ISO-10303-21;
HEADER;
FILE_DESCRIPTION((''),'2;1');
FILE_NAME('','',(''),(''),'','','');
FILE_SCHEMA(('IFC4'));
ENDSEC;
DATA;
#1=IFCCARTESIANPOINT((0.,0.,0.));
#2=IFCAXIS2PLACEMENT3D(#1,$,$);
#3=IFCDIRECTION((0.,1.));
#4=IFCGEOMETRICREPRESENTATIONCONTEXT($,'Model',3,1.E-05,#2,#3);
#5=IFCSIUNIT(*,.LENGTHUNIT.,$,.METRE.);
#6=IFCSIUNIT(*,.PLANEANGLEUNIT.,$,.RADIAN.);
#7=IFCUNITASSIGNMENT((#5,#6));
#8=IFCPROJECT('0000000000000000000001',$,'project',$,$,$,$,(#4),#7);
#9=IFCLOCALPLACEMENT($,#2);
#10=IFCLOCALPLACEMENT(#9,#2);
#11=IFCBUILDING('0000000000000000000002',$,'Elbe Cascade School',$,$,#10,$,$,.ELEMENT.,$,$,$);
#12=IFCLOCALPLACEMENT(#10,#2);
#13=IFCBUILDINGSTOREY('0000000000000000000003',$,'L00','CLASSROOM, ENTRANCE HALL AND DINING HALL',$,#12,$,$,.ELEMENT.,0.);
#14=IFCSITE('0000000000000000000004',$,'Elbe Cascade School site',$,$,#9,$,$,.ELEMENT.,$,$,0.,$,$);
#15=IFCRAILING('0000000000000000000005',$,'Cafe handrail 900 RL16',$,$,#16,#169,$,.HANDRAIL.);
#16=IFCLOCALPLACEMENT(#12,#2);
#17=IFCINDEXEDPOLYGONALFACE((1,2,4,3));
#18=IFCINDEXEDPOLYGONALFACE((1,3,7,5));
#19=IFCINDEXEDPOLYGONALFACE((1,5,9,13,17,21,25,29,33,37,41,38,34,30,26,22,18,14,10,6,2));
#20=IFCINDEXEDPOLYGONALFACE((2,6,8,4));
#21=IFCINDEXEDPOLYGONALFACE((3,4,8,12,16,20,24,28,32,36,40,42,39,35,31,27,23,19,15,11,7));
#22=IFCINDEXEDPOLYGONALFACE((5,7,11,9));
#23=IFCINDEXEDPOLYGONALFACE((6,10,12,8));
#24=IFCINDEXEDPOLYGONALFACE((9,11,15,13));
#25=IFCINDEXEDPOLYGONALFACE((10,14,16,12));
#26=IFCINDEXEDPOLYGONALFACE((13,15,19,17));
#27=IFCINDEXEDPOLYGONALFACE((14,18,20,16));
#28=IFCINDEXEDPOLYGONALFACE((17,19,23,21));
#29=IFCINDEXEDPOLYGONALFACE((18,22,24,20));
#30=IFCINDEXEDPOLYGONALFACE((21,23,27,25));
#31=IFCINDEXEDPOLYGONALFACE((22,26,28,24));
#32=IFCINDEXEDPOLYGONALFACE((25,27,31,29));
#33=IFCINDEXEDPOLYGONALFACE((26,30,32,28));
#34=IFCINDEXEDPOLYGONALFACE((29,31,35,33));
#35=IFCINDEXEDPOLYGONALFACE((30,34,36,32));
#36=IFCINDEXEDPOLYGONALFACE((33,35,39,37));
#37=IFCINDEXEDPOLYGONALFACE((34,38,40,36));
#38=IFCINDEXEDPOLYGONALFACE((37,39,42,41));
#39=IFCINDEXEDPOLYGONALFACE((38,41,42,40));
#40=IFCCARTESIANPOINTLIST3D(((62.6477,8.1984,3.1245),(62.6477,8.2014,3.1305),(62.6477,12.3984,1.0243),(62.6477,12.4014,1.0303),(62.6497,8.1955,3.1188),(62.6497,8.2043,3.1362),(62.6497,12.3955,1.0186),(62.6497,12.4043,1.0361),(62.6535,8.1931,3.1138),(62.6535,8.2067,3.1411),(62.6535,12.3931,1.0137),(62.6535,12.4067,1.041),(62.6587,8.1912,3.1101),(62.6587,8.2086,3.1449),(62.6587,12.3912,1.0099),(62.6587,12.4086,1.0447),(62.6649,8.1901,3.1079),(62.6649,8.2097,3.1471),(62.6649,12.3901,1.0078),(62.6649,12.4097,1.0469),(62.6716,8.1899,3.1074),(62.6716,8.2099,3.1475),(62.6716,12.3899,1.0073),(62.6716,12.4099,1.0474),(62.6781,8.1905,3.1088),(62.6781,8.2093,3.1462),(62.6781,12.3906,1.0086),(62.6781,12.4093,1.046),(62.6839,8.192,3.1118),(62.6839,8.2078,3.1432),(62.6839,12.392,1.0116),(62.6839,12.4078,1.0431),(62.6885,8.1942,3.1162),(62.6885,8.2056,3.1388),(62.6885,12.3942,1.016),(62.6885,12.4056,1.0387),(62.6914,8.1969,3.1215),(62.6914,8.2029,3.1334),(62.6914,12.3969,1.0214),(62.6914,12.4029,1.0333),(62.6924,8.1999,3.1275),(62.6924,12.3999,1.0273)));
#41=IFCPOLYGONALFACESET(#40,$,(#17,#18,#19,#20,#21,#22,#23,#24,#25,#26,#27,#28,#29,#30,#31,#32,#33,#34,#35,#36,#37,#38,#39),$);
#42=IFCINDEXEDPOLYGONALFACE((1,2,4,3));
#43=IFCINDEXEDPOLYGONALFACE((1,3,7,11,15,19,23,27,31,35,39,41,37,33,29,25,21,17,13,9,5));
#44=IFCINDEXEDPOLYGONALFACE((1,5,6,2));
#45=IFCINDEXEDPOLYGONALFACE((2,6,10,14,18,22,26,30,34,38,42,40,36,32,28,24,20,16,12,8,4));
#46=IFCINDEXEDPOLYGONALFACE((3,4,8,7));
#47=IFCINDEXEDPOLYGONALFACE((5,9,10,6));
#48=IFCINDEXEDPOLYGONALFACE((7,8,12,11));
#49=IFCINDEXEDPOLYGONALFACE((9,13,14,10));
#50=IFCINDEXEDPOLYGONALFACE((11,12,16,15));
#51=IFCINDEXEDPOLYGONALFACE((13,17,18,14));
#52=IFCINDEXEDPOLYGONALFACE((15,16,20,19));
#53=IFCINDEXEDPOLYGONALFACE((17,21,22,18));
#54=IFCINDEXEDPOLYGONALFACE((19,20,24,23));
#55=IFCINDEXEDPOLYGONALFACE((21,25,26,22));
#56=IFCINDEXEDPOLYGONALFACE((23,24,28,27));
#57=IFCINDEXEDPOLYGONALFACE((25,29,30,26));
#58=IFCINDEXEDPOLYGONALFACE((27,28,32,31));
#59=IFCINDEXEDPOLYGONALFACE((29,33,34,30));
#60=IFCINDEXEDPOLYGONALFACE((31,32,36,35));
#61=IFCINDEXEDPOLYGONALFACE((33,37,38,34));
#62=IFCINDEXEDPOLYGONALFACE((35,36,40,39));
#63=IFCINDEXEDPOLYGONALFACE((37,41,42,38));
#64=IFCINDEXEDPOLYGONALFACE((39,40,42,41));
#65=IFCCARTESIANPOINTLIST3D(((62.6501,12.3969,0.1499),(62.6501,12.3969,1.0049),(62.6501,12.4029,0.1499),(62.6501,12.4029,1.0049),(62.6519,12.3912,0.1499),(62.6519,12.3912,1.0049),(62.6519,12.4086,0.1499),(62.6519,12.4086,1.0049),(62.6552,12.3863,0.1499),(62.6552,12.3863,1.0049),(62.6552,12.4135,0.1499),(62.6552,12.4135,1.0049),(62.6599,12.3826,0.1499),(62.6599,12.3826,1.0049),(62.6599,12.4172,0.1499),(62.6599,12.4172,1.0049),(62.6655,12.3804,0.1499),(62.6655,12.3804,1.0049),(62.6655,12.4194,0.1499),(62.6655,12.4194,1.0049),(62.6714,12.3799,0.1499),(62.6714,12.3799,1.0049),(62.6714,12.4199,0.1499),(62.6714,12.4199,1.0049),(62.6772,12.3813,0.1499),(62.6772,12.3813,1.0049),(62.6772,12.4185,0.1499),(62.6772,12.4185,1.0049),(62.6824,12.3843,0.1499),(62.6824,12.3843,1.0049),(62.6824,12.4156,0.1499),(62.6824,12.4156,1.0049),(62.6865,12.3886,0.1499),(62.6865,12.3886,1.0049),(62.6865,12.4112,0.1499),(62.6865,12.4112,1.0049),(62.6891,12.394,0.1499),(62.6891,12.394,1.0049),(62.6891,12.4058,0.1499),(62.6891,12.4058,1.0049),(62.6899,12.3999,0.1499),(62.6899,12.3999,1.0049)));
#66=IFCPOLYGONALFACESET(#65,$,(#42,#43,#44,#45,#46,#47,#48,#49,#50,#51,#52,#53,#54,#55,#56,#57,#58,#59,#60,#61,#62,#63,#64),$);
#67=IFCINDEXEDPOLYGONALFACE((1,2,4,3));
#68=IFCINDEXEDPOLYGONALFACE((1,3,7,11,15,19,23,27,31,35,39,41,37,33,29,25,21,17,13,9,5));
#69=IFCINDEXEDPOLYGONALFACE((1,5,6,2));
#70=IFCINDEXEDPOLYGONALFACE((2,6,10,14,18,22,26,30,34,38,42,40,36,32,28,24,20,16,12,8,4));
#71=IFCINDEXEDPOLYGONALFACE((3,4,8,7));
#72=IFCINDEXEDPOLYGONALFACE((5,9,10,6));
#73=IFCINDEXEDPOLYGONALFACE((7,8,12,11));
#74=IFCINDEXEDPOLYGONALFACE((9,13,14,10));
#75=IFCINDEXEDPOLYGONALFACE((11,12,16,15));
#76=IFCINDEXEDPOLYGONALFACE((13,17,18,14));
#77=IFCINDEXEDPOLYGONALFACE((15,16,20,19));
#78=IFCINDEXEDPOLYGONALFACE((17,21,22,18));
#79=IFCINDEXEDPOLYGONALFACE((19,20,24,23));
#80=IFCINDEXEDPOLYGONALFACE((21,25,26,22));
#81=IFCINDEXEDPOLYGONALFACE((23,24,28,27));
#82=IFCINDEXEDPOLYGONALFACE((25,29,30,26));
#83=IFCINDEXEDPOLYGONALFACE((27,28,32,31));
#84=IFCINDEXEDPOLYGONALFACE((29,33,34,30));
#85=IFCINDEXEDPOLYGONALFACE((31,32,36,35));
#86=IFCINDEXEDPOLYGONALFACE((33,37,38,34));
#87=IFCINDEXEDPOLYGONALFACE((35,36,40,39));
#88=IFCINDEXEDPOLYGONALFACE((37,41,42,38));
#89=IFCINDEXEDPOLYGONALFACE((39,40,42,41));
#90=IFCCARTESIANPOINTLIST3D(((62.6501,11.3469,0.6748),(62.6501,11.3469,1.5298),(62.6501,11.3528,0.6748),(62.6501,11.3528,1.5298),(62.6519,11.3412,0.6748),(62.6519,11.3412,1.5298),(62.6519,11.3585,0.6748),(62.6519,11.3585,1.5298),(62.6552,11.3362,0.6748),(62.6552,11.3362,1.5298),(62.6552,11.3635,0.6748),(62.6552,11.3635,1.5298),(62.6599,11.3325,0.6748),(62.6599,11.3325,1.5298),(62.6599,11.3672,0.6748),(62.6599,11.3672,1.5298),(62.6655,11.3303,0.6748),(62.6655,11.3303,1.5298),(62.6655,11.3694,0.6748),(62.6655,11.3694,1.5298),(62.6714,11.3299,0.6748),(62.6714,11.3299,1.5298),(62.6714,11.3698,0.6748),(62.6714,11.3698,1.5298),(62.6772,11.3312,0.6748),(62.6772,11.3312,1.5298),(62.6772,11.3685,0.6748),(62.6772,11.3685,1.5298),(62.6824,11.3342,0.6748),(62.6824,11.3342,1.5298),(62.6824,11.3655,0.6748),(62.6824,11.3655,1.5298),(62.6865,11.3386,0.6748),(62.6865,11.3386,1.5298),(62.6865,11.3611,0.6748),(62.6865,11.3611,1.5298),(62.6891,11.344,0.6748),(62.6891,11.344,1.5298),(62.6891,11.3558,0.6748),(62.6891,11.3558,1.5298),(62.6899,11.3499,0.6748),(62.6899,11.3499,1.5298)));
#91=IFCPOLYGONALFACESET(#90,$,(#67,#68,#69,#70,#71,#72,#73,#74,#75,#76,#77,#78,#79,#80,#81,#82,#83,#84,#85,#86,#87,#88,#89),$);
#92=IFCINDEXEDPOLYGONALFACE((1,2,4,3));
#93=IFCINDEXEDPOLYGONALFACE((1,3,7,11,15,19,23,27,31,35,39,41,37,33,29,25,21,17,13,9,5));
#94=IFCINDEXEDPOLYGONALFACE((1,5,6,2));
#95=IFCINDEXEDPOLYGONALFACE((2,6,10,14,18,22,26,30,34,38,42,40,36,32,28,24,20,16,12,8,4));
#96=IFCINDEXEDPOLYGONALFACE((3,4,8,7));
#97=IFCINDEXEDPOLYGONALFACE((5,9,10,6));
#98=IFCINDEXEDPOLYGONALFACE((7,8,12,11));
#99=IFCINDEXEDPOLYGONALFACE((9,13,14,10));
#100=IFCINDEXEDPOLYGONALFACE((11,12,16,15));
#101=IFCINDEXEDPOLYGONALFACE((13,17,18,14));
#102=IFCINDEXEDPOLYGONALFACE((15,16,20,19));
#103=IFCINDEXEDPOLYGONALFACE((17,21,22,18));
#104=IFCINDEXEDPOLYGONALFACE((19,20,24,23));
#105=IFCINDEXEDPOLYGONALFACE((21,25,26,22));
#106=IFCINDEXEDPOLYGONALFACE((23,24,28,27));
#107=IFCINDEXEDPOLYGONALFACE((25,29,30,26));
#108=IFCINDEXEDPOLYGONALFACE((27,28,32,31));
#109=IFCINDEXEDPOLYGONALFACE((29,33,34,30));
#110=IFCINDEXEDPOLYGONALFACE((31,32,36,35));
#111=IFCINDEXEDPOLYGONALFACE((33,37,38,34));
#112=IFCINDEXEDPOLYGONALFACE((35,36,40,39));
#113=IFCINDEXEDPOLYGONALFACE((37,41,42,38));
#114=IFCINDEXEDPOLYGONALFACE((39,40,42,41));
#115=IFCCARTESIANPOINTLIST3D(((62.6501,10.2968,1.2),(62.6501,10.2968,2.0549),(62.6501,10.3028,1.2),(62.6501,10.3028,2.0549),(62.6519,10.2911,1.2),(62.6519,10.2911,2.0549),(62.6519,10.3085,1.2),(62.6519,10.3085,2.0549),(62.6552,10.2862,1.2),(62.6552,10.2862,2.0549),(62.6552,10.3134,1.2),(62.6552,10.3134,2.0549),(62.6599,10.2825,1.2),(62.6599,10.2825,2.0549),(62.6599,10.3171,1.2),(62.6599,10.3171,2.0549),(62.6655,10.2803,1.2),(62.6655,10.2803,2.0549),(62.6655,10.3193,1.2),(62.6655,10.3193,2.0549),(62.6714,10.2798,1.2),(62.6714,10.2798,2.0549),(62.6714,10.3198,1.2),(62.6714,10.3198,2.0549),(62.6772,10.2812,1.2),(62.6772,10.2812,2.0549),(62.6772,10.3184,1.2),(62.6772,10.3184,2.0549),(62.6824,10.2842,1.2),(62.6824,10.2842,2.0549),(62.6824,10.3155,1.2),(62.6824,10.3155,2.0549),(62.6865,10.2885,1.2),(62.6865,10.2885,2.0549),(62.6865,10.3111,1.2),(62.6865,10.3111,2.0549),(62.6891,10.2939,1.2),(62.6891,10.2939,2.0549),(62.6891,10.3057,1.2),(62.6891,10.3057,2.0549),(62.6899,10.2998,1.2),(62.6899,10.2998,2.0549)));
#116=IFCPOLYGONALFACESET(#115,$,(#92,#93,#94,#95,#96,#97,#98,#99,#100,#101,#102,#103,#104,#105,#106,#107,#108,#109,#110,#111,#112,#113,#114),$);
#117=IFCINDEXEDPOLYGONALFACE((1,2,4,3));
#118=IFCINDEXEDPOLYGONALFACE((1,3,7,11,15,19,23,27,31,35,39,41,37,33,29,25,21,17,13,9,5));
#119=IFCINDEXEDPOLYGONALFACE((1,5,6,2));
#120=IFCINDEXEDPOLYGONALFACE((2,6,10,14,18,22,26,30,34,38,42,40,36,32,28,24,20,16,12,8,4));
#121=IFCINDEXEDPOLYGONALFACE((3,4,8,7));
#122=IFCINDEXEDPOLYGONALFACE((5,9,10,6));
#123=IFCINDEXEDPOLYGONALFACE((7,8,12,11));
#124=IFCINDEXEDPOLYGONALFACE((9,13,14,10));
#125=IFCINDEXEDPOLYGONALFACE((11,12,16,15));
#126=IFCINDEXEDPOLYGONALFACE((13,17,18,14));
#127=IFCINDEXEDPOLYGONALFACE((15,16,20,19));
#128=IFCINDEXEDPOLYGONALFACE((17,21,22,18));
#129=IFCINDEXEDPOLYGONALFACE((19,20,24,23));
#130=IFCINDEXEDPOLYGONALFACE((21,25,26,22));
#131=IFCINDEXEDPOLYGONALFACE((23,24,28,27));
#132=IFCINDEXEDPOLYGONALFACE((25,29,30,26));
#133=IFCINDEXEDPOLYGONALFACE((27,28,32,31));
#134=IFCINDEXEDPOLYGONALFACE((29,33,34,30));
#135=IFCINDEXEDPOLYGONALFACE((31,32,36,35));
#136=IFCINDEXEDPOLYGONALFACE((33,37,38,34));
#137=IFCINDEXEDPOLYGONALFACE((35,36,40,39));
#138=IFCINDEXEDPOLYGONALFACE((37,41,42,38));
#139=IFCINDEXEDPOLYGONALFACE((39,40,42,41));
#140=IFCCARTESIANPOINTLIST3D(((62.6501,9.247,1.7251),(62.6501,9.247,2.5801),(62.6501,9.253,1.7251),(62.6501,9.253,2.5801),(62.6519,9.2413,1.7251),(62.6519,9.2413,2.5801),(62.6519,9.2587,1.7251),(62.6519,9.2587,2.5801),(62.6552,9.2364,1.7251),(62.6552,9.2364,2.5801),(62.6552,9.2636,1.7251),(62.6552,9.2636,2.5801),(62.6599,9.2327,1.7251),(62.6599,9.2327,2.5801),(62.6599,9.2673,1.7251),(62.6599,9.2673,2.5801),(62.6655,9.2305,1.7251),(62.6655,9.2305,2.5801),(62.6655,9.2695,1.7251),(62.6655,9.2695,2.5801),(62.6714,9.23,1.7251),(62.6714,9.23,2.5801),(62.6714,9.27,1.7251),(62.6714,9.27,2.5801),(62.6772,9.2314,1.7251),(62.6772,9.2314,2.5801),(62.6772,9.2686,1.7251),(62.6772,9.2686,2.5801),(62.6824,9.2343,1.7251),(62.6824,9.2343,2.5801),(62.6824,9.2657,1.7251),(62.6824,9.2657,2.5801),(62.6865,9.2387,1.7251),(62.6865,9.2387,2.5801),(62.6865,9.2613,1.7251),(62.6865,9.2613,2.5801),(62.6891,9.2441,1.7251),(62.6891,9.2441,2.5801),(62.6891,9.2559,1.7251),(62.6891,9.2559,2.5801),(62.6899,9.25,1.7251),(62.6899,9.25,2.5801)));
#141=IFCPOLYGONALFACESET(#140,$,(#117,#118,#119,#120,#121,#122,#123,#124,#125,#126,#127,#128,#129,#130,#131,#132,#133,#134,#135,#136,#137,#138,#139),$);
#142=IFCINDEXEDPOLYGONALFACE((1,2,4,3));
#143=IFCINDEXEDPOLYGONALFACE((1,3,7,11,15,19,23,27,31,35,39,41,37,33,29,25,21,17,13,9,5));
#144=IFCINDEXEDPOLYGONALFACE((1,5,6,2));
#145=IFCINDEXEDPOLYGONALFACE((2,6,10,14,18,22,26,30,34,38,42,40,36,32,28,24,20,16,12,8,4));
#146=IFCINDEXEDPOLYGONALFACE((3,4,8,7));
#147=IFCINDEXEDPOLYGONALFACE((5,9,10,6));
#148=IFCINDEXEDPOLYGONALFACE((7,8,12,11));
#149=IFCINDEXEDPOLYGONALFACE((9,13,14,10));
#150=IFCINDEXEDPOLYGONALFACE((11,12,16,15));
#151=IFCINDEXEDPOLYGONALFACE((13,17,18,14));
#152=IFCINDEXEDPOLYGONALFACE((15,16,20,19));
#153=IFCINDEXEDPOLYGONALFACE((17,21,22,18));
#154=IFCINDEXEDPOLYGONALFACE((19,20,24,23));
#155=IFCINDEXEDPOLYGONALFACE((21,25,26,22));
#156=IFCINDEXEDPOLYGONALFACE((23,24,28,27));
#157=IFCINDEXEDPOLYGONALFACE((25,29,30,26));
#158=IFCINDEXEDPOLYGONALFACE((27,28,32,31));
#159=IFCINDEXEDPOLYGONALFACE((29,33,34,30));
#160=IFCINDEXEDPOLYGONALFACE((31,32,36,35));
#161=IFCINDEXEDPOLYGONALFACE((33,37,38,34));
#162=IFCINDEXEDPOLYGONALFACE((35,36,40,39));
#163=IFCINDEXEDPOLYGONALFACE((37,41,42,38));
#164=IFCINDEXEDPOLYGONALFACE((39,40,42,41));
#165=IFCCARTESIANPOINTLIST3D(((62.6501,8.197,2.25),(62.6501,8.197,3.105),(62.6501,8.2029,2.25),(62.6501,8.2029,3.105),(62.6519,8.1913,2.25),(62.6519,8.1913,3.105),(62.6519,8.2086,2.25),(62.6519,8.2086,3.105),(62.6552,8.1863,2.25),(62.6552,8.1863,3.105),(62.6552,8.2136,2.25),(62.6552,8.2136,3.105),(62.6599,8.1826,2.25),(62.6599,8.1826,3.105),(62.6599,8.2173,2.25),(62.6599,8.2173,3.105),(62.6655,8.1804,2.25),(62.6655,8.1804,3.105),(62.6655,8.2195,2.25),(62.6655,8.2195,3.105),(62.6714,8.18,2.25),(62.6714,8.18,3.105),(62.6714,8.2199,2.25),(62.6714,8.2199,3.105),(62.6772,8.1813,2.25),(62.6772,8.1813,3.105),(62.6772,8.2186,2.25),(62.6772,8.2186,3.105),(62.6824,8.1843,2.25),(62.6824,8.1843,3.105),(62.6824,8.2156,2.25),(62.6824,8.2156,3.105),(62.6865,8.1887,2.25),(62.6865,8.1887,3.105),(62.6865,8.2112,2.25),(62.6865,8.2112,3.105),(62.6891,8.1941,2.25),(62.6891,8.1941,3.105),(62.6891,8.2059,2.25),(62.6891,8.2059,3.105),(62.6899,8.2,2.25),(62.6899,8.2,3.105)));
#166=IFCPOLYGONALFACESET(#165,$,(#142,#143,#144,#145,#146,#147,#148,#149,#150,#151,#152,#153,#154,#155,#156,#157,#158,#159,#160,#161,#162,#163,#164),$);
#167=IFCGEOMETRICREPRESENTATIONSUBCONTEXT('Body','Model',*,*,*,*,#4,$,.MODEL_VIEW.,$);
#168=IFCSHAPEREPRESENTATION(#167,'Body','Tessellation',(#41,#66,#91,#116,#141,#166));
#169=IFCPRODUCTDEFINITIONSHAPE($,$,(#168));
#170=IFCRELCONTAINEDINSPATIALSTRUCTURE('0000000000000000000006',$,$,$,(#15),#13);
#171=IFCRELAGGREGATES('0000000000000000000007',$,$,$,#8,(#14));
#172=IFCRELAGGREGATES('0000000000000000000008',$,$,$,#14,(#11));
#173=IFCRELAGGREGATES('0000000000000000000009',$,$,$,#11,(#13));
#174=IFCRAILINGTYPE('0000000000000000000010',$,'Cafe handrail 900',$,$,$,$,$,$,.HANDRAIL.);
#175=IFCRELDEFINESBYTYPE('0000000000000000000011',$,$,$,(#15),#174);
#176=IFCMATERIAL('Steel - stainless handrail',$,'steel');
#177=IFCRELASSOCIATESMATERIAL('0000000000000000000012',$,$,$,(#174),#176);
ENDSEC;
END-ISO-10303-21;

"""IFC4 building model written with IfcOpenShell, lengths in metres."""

from ifc_helpers import new_model, si_unit, direction, frame, origin, origin_2d, place, context, subcontext, project, spatial, circle, extrude, material, type_object, element, save


model = new_model("IFC4")

# Units and contexts
model_context = context("Model", 3, precision=1e-05, world=origin(), true_north=direction((0.0, 1.0)))
body_context = subcontext(model_context, "Body", "Model", "MODEL_VIEW")
ifc_project = project(units=[si_unit("LENGTHUNIT", "METRE"), si_unit("PLANEANGLEUNIT", "RADIAN")], contexts=[model_context])

# Site, building, storey
site_placement = place(None, origin())
site = spatial("IfcSite", under=ifc_project, at=site_placement, Name="Elbe Cascade School site", CompositionType="ELEMENT", RefElevation=0.0)
building_placement = place(site_placement, origin())
building = spatial("IfcBuilding", under=site, at=building_placement, Name="Elbe Cascade School", CompositionType="ELEMENT")
storey_placement = place(building_placement, origin())
storey = spatial("IfcBuildingStorey", under=building, at=storey_placement, Name="L00", Description="CLASSROOM, ENTRANCE HALL AND DINING HALL", CompositionType="ELEMENT", Elevation=0.0)

# Railing
ifc_material_1 = material(Name="Steel - stainless handrail", Category="steel")
railing_type = type_object("IfcRailingType", Name="Cafe handrail 900", PredefinedType="HANDRAIL", material=ifc_material_1)
railing_placement = place(storey_placement, frame((62.6699, 12.3999, 0.1499)))
element("IfcRailing", 1, at=railing_placement, inside=storey, type_object=railing_type, Name="Cafe handrail 900 RL16", PredefinedType="HANDRAIL", context=body_context, shape_type="SweptSolid", body=[
    extrude(circle(Radius=0.0225, at=origin_2d()), frame((0.0, 0.0, 0.8774), z_axis=(0.0, -0.894417, 0.447234), x_axis=(1.0, 0.0, 0.0)), (0.0, 0.0, 1.0), 4.6958),
    extrude(circle(Radius=0.02, at=origin_2d()), origin(), (0.0, 0.0, 1.0), 0.855),
    extrude(circle(Radius=0.02, at=origin_2d()), frame((0.0, -1.05, 0.5249)), (0.0, 0.0, 1.0), 0.855),
    extrude(circle(Radius=0.02, at=origin_2d()), frame((0.0, -2.1001, 1.05)), (0.0, 0.0, 1.0), 0.855),
    extrude(circle(Radius=0.02, at=origin_2d()), frame((0.0, -3.1499, 1.5752)), (0.0, 0.0, 1.0), 0.855),
    extrude(circle(Radius=0.02, at=origin_2d()), frame((0.0, -4.2, 2.1001)), (0.0, 0.0, 1.0), 0.855),
])

save(model, "model.ifc")
